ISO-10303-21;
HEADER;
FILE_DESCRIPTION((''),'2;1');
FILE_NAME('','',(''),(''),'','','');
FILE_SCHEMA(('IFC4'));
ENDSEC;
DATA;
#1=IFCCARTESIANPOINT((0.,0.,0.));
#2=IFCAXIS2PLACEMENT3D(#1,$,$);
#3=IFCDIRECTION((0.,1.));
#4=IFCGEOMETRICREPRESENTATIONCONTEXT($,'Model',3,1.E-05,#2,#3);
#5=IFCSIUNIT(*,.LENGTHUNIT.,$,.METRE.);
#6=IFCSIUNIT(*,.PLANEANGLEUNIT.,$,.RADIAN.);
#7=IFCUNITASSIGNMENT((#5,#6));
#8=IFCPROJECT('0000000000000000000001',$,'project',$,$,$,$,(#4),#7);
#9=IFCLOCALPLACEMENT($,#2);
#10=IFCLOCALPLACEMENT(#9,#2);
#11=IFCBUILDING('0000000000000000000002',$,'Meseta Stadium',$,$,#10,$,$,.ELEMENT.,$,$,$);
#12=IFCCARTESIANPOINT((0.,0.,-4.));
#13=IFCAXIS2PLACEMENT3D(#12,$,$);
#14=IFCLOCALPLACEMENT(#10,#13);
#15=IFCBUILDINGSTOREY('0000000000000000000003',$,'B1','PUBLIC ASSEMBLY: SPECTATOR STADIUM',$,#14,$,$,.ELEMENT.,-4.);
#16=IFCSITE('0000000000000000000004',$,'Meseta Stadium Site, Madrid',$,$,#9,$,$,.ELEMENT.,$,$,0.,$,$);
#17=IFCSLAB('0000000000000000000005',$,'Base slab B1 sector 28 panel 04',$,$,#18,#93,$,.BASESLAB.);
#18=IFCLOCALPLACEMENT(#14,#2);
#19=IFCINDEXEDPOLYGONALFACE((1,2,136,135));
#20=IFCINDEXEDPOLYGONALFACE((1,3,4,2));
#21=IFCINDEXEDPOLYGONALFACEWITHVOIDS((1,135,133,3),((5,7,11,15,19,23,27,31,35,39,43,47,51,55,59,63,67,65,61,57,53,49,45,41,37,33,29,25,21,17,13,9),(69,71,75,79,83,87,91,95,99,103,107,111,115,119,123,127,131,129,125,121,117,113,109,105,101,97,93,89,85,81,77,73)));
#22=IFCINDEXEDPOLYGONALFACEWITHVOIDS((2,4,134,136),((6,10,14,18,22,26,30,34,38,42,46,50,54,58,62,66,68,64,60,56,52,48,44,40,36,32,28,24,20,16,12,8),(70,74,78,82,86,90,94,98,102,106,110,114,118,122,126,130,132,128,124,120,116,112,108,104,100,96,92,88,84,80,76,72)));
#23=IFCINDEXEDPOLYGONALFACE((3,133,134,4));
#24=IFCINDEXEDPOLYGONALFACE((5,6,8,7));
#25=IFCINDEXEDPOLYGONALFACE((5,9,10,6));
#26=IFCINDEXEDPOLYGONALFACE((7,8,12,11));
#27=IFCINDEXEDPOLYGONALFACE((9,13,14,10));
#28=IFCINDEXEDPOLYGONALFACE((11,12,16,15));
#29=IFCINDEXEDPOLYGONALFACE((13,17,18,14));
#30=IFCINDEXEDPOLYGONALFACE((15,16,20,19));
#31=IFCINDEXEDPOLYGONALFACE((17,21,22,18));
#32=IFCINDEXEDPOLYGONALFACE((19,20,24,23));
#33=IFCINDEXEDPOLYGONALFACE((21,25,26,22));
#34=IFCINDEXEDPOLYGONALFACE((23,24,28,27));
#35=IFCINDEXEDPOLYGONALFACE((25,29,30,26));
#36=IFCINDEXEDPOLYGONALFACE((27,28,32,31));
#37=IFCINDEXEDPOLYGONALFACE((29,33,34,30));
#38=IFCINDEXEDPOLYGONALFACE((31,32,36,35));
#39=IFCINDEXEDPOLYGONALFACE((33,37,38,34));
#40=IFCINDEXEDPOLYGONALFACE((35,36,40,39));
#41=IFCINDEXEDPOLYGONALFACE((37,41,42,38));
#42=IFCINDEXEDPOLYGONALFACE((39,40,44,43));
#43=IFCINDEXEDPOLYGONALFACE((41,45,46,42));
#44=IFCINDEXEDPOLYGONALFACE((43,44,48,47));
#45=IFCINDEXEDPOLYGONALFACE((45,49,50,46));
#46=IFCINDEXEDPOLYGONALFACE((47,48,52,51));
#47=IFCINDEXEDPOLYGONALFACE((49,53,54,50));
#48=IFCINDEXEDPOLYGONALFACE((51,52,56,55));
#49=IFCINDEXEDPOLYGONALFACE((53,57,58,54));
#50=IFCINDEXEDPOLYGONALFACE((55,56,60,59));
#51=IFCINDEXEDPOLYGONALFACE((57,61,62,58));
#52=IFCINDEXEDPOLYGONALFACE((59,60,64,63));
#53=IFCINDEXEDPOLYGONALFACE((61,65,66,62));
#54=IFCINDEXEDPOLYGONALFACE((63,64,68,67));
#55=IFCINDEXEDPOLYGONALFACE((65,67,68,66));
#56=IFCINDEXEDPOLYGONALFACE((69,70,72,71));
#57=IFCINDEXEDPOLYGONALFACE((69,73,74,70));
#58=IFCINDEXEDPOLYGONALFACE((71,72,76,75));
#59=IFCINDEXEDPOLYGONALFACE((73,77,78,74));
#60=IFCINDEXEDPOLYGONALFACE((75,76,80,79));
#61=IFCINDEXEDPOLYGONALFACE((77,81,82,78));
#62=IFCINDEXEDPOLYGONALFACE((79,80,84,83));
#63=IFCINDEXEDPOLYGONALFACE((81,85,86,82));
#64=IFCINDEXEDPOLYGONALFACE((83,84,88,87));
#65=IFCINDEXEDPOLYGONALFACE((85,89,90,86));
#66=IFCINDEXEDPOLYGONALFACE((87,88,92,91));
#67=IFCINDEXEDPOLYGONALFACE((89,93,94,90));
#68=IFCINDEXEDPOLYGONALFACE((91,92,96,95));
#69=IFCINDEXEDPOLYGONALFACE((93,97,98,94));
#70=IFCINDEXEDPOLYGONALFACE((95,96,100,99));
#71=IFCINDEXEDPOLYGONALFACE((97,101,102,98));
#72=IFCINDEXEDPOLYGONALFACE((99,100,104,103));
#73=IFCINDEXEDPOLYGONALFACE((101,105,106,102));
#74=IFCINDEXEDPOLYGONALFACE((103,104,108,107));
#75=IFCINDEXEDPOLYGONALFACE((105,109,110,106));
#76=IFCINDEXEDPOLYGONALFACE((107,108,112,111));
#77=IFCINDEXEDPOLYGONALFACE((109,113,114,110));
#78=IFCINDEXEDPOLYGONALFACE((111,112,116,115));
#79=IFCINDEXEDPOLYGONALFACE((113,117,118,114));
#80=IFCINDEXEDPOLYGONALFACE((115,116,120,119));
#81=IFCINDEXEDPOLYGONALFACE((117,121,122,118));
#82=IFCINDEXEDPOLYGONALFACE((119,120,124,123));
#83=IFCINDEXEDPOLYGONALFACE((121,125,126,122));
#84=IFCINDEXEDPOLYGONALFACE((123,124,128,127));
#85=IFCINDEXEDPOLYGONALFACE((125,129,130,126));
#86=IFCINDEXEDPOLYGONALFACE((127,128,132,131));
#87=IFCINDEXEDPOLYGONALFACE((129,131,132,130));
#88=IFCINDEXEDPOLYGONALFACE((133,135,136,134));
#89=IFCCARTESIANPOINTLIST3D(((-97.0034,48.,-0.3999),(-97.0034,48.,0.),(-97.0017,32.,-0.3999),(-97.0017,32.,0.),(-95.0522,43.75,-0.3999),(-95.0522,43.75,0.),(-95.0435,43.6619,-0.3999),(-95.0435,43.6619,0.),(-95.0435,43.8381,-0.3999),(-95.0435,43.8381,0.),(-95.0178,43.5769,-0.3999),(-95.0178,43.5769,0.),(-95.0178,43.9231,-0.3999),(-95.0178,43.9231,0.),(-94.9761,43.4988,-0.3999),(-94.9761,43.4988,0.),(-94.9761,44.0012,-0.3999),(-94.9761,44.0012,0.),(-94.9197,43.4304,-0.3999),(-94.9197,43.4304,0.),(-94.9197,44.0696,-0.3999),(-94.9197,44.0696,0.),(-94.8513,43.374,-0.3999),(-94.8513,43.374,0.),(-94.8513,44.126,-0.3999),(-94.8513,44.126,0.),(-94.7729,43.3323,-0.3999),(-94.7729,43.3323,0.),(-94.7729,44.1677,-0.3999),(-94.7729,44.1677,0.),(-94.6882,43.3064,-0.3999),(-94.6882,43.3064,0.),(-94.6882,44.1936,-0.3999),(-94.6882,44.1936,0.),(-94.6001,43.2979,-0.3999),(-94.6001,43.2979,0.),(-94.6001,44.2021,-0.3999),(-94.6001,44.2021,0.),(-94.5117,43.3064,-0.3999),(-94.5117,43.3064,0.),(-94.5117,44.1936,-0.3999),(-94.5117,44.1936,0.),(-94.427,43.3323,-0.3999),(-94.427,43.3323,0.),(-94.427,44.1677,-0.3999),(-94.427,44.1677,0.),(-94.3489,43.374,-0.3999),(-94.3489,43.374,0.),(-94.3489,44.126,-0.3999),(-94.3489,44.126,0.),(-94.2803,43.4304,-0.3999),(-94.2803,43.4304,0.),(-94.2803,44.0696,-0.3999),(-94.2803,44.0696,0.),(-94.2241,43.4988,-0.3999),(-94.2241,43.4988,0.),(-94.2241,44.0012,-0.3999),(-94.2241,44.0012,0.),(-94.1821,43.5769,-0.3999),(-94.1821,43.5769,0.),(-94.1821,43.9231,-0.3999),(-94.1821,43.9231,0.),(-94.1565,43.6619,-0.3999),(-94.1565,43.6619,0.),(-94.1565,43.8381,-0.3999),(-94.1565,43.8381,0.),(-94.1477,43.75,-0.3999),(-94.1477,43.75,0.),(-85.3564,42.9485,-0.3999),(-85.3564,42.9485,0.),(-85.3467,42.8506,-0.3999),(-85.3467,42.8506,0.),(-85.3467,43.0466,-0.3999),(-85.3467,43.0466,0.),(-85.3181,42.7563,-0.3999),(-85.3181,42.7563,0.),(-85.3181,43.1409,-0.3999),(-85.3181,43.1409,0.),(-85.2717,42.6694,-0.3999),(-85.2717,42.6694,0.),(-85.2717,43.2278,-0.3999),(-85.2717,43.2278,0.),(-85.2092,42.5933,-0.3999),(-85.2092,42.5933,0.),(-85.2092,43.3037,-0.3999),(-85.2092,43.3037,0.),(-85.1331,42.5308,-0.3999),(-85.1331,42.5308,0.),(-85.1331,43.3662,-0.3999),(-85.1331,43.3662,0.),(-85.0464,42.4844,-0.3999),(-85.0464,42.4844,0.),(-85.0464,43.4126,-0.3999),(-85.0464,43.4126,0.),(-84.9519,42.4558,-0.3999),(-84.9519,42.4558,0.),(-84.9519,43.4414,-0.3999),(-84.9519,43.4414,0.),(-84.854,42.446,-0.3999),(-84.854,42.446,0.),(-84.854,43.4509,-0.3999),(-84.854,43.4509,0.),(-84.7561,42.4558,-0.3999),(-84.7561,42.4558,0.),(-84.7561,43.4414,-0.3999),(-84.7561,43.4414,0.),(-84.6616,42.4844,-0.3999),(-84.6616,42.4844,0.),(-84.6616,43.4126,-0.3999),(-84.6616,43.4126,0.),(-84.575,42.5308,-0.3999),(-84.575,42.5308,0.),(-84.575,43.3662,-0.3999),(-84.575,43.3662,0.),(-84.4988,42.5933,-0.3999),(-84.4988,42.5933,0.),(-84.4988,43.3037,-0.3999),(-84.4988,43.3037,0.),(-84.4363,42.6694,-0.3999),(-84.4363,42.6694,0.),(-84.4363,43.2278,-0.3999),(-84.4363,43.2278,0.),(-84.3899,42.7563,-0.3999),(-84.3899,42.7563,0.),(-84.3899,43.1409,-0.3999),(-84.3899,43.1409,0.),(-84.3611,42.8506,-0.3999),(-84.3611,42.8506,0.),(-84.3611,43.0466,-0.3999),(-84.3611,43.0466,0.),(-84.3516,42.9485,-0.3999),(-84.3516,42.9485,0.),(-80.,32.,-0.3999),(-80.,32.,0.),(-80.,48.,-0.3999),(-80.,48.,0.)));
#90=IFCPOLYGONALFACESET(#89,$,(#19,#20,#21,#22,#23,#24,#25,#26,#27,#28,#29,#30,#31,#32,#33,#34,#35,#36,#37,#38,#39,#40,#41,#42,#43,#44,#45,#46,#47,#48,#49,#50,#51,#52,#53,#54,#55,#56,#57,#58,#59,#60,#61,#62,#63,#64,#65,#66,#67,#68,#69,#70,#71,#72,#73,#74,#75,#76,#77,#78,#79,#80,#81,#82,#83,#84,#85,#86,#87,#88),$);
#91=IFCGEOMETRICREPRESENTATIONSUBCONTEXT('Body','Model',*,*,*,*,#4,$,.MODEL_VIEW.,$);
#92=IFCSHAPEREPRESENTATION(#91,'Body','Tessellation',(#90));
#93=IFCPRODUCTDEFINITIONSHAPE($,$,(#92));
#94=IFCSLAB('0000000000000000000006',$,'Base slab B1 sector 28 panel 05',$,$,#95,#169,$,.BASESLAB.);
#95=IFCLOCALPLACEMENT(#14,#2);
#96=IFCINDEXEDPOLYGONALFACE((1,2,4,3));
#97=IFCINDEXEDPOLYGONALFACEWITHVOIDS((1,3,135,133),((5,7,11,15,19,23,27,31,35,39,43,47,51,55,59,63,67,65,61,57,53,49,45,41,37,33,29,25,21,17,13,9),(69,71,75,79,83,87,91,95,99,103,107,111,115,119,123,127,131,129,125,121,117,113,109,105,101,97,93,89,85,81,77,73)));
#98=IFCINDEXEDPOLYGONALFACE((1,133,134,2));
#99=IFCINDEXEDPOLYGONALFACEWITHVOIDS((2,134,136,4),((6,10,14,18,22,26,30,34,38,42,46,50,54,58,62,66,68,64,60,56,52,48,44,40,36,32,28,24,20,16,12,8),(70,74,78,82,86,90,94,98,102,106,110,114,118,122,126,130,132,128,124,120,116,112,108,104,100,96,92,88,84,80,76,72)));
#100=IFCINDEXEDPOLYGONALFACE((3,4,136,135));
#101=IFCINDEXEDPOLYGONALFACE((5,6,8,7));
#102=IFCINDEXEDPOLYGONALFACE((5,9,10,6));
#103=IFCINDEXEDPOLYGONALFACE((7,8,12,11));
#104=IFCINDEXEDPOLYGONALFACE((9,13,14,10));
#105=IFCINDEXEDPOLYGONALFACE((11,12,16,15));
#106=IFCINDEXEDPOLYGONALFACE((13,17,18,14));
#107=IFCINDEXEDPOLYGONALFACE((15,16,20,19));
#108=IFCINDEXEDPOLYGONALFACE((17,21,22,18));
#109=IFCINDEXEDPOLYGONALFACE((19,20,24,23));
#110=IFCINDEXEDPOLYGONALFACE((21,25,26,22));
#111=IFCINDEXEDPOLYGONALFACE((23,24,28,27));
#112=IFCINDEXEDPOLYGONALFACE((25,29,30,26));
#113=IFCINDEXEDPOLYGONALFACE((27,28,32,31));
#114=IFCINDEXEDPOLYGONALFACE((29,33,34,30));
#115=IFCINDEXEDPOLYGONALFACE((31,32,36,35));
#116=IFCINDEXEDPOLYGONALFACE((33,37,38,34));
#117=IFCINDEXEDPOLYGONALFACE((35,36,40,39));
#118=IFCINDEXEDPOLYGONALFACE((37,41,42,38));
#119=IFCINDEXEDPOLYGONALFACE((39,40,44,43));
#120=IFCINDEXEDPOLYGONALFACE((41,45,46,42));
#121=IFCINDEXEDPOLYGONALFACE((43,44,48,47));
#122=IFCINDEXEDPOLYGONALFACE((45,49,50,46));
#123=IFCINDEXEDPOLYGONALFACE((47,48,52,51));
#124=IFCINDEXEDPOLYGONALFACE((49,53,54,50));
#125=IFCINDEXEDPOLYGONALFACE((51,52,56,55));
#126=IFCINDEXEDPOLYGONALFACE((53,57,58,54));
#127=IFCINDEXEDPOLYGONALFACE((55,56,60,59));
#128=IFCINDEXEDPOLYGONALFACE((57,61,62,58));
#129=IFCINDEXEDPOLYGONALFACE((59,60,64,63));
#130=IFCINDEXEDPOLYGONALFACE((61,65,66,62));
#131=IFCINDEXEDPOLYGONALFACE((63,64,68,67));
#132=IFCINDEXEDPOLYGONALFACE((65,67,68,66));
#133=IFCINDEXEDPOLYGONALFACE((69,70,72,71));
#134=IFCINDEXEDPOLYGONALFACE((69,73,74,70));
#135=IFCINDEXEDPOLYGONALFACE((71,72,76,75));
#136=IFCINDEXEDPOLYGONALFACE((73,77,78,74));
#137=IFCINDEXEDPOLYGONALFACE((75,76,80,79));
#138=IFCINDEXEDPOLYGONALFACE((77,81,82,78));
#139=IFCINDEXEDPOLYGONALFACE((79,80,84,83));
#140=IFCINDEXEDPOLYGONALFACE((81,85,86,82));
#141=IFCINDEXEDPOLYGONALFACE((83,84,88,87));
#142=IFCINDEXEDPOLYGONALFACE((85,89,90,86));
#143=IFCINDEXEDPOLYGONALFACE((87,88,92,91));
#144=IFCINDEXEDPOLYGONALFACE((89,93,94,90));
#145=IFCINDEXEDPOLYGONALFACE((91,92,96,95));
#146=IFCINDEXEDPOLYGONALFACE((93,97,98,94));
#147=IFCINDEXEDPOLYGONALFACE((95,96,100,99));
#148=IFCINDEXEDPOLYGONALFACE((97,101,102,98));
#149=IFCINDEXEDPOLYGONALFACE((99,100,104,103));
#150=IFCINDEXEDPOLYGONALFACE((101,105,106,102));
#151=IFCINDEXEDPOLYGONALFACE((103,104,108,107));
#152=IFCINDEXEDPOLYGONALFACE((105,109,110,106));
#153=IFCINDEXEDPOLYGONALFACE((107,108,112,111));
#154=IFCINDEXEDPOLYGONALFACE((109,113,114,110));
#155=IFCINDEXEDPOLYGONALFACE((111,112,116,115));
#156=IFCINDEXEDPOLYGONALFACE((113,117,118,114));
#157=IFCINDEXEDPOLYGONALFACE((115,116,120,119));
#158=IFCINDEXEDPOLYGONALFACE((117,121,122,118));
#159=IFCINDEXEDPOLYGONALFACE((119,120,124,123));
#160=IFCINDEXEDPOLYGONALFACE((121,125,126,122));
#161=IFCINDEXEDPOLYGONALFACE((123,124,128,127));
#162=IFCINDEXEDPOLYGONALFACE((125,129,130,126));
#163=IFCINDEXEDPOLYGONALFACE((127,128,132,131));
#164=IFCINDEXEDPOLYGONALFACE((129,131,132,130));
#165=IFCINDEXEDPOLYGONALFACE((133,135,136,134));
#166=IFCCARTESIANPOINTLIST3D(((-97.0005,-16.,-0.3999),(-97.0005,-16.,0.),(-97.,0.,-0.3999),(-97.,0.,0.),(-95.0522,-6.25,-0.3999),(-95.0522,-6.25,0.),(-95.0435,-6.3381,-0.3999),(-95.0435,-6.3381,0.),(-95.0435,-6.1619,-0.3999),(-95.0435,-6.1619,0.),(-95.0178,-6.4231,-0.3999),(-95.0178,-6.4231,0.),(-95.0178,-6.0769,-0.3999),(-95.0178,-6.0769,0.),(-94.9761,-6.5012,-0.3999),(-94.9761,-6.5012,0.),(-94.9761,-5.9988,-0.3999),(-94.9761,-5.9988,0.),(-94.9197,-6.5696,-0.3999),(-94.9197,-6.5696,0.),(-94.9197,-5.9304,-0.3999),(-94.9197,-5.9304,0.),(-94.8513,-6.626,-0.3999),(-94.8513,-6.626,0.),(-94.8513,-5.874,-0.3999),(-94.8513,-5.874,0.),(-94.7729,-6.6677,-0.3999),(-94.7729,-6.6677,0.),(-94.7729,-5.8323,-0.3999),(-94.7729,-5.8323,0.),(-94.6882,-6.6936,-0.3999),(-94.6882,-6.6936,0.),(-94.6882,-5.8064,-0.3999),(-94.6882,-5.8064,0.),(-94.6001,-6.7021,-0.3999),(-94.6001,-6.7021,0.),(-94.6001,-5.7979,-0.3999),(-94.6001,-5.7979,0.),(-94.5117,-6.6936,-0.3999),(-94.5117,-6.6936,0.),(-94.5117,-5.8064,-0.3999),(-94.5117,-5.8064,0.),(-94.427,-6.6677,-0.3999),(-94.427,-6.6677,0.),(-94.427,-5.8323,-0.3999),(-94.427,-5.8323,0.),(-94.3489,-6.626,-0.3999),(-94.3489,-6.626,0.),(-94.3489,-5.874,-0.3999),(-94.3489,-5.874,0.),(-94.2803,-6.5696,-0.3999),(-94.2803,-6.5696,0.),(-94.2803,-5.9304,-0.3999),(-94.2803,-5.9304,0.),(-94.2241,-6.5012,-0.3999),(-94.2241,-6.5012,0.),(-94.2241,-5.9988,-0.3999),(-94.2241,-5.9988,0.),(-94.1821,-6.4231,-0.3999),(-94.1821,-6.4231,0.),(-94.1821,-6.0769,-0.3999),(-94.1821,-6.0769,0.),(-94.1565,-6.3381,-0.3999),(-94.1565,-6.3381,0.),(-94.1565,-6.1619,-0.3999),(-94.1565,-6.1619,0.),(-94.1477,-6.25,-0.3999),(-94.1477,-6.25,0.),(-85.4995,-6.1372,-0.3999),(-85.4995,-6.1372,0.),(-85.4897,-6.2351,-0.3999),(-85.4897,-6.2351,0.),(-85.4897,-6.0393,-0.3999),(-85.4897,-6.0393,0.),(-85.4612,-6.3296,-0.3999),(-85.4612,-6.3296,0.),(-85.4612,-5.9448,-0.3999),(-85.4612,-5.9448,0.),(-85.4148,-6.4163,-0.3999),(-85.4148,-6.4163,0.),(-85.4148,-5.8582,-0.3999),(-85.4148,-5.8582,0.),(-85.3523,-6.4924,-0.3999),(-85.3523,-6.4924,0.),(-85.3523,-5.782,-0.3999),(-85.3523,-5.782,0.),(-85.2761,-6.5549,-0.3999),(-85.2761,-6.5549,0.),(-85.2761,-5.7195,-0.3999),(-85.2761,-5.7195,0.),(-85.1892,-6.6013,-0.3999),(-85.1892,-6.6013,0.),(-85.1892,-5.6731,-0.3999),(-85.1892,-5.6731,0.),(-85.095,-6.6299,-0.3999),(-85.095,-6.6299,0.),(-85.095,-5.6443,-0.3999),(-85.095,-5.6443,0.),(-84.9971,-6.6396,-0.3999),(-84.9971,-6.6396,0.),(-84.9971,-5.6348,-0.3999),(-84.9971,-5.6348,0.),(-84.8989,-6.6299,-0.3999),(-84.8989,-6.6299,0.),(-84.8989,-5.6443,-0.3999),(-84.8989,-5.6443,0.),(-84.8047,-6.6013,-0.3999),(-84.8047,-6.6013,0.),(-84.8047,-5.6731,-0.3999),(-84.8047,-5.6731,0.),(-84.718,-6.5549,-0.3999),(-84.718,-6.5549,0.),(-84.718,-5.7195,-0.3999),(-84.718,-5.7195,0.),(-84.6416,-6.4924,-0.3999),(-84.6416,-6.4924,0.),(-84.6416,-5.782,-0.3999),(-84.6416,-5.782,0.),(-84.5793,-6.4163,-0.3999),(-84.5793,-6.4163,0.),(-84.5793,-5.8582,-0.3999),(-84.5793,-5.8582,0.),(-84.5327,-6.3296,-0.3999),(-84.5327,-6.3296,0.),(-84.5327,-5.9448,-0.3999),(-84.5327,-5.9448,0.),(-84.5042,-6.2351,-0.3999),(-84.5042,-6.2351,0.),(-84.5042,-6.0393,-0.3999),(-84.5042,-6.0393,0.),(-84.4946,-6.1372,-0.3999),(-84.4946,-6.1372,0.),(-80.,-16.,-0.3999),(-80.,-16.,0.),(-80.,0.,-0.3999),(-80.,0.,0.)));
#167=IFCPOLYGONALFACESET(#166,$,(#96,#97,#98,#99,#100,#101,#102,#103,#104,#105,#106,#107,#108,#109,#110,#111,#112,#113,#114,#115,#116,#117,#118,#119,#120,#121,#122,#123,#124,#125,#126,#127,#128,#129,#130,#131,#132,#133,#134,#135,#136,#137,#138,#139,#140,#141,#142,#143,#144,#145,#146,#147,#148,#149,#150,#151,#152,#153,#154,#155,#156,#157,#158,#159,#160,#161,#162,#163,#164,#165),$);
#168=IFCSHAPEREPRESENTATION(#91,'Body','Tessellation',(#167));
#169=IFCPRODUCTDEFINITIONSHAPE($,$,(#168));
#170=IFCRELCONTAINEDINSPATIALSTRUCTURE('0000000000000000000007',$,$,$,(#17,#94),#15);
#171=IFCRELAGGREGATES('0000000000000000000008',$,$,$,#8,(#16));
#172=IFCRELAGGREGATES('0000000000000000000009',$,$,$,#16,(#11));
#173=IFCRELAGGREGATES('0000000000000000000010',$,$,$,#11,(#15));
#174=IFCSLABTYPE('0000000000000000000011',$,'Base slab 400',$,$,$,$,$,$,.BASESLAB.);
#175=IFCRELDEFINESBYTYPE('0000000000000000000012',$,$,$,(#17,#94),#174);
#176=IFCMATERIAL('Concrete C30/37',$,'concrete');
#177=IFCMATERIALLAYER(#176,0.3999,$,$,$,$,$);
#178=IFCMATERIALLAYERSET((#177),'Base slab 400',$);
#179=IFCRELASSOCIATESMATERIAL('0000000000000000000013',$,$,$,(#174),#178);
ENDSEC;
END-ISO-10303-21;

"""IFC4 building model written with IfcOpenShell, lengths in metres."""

from ifc_helpers import new_model, si_unit, direction, frame, origin, place, context, subcontext, project, spatial, polyline, outline, extrude, material, layer, layer_set, type_object, element, save


model = new_model("IFC4")

# Units and contexts
model_context = context("Model", 3, precision=1e-05, world=origin(), true_north=direction((0.0, 1.0)))
body_context = subcontext(model_context, "Body", "Model", "MODEL_VIEW")
ifc_project = project(units=[si_unit("LENGTHUNIT", "METRE"), si_unit("PLANEANGLEUNIT", "RADIAN")], contexts=[model_context])

# Site, building, storey
site_placement = place(None, origin())
site = spatial("IfcSite", under=ifc_project, at=site_placement, Name="Meseta Stadium Site, Madrid", CompositionType="ELEMENT", RefElevation=0.0)
building_placement = place(site_placement, origin())
building = spatial("IfcBuilding", under=site, at=building_placement, Name="Meseta Stadium", CompositionType="ELEMENT")
storey_placement = place(building_placement, frame((0.0, 0.0, -4.0)))
storey = spatial("IfcBuildingStorey", under=building, at=storey_placement, Name="B1", Description="PUBLIC ASSEMBLY: SPECTATOR STADIUM", CompositionType="ELEMENT", Elevation=-4.0)

# Slabs
ifc_material = material(Name="Concrete C30/37", Category="concrete")
ifc_layer = layer(ifc_material, 0.3999)
ifc_layer_set = layer_set([ifc_layer], Name="Base slab 400")
slab_type = type_object("IfcSlabType", Name="Base slab 400", PredefinedType="BASESLAB", material=ifc_layer_set)
slab_1_placement = place(storey_placement, frame((0.0, 0.0, -0.3999)))
element("IfcSlab", 1, at=slab_1_placement, inside=storey, type_object=slab_type, Name="Base slab B1 sector 28 panel 04", PredefinedType="BASESLAB", context=body_context, shape_type="SweptSolid", body=[
    extrude(outline(polyline([(-97.0017, 32.0), (-80.0, 32.0), (-80.0, 48.0), (-97.0034, 48.0), (-97.0017, 32.0)]), holes=[polyline([(-94.9197, 43.4304), (-94.9761, 43.4988), (-95.0178, 43.5769), (-95.0435, 43.6619), (-95.0522, 43.75), (-95.0435, 43.8381), (-95.0178, 43.9231), (-94.9761, 44.0012), (-94.9197, 44.0696), (-94.8513, 44.126), (-94.7729, 44.1677), (-94.6882, 44.1936), (-94.6001, 44.2021), (-94.5117, 44.1936), (-94.427, 44.1677), (-94.3489, 44.126), (-94.2803, 44.0696), (-94.2241, 44.0012), (-94.1821, 43.9231), (-94.1565, 43.8381), (-94.1477, 43.75), (-94.1565, 43.6619), (-94.1821, 43.5769), (-94.2241, 43.4988), (-94.2803, 43.4304), (-94.3489, 43.374), (-94.427, 43.3323), (-94.5117, 43.3064), (-94.6001, 43.2979), (-94.6882, 43.3064), (-94.7729, 43.3323), (-94.8513, 43.374), (-94.9197, 43.4304)]), polyline([(-85.2717, 42.6694), (-85.3181, 42.7563), (-85.3467, 42.8506), (-85.3564, 42.9485), (-85.3467, 43.0466), (-85.3181, 43.1409), (-85.2717, 43.2278), (-85.2092, 43.3037), (-85.1331, 43.3662), (-85.0464, 43.4126), (-84.9519, 43.4414), (-84.854, 43.4509), (-84.7561, 43.4414), (-84.6616, 43.4126), (-84.575, 43.3662), (-84.4988, 43.3037), (-84.4363, 43.2278), (-84.3899, 43.1409), (-84.3611, 43.0466), (-84.3516, 42.9485), (-84.3611, 42.8506), (-84.3899, 42.7563), (-84.4363, 42.6694), (-84.4988, 42.5933), (-84.575, 42.5308), (-84.6616, 42.4844), (-84.7561, 42.4558), (-84.854, 42.446), (-84.9519, 42.4558), (-85.0464, 42.4844), (-85.1331, 42.5308), (-85.2092, 42.5933), (-85.2717, 42.6694)])]), origin(), (0.0, 0.0, 1.0), 0.3999),
])
slab_2_placement = place(storey_placement, frame((0.0, 0.0, -0.3999)))
element("IfcSlab", 2, at=slab_2_placement, inside=storey, type_object=slab_type, Name="Base slab B1 sector 28 panel 05", PredefinedType="BASESLAB", context=body_context, shape_type="SweptSolid", body=[
    extrude(outline(polyline([(-97.0005, -16.0), (-80.0, -16.0), (-80.0, 0.0), (-97.0, 0.0), (-97.0005, -16.0)]), holes=[polyline([(-95.0435, -6.3381), (-95.0522, -6.25), (-95.0435, -6.1619), (-95.0178, -6.0769), (-94.9761, -5.9988), (-94.9197, -5.9304), (-94.8513, -5.874), (-94.7729, -5.8323), (-94.6882, -5.8064), (-94.6001, -5.7979), (-94.5117, -5.8064), (-94.427, -5.8323), (-94.3489, -5.874), (-94.2803, -5.9304), (-94.2241, -5.9988), (-94.1821, -6.0769), (-94.1565, -6.1619), (-94.1477, -6.25), (-94.1565, -6.3381), (-94.1821, -6.4231), (-94.2241, -6.5012), (-94.2803, -6.5696), (-94.3489, -6.626), (-94.427, -6.6677), (-94.5117, -6.6936), (-94.6001, -6.7021), (-94.6882, -6.6936), (-94.7729, -6.6677), (-94.8513, -6.626), (-94.9197, -6.5696), (-94.9761, -6.5012), (-95.0178, -6.4231), (-95.0435, -6.3381)]), polyline([(-85.4897, -6.2351), (-85.4995, -6.1372), (-85.4897, -6.0393), (-85.4612, -5.9448), (-85.4148, -5.8582), (-85.3523, -5.782), (-85.2761, -5.7195), (-85.1892, -5.6731), (-85.095, -5.6443), (-84.9971, -5.6348), (-84.8989, -5.6443), (-84.8047, -5.6731), (-84.718, -5.7195), (-84.6416, -5.782), (-84.5793, -5.8582), (-84.5327, -5.9448), (-84.5042, -6.0393), (-84.4946, -6.1372), (-84.5042, -6.2351), (-84.5327, -6.3296), (-84.5793, -6.4163), (-84.6416, -6.4924), (-84.718, -6.5549), (-84.8047, -6.6013), (-84.8989, -6.6299), (-84.9971, -6.6396), (-85.095, -6.6299), (-85.1892, -6.6013), (-85.2761, -6.5549), (-85.3523, -6.4924), (-85.4148, -6.4163), (-85.4612, -6.3296), (-85.4897, -6.2351)])]), origin(), (0.0, 0.0, 1.0), 0.3999),
])

save(model, "model.ifc")
